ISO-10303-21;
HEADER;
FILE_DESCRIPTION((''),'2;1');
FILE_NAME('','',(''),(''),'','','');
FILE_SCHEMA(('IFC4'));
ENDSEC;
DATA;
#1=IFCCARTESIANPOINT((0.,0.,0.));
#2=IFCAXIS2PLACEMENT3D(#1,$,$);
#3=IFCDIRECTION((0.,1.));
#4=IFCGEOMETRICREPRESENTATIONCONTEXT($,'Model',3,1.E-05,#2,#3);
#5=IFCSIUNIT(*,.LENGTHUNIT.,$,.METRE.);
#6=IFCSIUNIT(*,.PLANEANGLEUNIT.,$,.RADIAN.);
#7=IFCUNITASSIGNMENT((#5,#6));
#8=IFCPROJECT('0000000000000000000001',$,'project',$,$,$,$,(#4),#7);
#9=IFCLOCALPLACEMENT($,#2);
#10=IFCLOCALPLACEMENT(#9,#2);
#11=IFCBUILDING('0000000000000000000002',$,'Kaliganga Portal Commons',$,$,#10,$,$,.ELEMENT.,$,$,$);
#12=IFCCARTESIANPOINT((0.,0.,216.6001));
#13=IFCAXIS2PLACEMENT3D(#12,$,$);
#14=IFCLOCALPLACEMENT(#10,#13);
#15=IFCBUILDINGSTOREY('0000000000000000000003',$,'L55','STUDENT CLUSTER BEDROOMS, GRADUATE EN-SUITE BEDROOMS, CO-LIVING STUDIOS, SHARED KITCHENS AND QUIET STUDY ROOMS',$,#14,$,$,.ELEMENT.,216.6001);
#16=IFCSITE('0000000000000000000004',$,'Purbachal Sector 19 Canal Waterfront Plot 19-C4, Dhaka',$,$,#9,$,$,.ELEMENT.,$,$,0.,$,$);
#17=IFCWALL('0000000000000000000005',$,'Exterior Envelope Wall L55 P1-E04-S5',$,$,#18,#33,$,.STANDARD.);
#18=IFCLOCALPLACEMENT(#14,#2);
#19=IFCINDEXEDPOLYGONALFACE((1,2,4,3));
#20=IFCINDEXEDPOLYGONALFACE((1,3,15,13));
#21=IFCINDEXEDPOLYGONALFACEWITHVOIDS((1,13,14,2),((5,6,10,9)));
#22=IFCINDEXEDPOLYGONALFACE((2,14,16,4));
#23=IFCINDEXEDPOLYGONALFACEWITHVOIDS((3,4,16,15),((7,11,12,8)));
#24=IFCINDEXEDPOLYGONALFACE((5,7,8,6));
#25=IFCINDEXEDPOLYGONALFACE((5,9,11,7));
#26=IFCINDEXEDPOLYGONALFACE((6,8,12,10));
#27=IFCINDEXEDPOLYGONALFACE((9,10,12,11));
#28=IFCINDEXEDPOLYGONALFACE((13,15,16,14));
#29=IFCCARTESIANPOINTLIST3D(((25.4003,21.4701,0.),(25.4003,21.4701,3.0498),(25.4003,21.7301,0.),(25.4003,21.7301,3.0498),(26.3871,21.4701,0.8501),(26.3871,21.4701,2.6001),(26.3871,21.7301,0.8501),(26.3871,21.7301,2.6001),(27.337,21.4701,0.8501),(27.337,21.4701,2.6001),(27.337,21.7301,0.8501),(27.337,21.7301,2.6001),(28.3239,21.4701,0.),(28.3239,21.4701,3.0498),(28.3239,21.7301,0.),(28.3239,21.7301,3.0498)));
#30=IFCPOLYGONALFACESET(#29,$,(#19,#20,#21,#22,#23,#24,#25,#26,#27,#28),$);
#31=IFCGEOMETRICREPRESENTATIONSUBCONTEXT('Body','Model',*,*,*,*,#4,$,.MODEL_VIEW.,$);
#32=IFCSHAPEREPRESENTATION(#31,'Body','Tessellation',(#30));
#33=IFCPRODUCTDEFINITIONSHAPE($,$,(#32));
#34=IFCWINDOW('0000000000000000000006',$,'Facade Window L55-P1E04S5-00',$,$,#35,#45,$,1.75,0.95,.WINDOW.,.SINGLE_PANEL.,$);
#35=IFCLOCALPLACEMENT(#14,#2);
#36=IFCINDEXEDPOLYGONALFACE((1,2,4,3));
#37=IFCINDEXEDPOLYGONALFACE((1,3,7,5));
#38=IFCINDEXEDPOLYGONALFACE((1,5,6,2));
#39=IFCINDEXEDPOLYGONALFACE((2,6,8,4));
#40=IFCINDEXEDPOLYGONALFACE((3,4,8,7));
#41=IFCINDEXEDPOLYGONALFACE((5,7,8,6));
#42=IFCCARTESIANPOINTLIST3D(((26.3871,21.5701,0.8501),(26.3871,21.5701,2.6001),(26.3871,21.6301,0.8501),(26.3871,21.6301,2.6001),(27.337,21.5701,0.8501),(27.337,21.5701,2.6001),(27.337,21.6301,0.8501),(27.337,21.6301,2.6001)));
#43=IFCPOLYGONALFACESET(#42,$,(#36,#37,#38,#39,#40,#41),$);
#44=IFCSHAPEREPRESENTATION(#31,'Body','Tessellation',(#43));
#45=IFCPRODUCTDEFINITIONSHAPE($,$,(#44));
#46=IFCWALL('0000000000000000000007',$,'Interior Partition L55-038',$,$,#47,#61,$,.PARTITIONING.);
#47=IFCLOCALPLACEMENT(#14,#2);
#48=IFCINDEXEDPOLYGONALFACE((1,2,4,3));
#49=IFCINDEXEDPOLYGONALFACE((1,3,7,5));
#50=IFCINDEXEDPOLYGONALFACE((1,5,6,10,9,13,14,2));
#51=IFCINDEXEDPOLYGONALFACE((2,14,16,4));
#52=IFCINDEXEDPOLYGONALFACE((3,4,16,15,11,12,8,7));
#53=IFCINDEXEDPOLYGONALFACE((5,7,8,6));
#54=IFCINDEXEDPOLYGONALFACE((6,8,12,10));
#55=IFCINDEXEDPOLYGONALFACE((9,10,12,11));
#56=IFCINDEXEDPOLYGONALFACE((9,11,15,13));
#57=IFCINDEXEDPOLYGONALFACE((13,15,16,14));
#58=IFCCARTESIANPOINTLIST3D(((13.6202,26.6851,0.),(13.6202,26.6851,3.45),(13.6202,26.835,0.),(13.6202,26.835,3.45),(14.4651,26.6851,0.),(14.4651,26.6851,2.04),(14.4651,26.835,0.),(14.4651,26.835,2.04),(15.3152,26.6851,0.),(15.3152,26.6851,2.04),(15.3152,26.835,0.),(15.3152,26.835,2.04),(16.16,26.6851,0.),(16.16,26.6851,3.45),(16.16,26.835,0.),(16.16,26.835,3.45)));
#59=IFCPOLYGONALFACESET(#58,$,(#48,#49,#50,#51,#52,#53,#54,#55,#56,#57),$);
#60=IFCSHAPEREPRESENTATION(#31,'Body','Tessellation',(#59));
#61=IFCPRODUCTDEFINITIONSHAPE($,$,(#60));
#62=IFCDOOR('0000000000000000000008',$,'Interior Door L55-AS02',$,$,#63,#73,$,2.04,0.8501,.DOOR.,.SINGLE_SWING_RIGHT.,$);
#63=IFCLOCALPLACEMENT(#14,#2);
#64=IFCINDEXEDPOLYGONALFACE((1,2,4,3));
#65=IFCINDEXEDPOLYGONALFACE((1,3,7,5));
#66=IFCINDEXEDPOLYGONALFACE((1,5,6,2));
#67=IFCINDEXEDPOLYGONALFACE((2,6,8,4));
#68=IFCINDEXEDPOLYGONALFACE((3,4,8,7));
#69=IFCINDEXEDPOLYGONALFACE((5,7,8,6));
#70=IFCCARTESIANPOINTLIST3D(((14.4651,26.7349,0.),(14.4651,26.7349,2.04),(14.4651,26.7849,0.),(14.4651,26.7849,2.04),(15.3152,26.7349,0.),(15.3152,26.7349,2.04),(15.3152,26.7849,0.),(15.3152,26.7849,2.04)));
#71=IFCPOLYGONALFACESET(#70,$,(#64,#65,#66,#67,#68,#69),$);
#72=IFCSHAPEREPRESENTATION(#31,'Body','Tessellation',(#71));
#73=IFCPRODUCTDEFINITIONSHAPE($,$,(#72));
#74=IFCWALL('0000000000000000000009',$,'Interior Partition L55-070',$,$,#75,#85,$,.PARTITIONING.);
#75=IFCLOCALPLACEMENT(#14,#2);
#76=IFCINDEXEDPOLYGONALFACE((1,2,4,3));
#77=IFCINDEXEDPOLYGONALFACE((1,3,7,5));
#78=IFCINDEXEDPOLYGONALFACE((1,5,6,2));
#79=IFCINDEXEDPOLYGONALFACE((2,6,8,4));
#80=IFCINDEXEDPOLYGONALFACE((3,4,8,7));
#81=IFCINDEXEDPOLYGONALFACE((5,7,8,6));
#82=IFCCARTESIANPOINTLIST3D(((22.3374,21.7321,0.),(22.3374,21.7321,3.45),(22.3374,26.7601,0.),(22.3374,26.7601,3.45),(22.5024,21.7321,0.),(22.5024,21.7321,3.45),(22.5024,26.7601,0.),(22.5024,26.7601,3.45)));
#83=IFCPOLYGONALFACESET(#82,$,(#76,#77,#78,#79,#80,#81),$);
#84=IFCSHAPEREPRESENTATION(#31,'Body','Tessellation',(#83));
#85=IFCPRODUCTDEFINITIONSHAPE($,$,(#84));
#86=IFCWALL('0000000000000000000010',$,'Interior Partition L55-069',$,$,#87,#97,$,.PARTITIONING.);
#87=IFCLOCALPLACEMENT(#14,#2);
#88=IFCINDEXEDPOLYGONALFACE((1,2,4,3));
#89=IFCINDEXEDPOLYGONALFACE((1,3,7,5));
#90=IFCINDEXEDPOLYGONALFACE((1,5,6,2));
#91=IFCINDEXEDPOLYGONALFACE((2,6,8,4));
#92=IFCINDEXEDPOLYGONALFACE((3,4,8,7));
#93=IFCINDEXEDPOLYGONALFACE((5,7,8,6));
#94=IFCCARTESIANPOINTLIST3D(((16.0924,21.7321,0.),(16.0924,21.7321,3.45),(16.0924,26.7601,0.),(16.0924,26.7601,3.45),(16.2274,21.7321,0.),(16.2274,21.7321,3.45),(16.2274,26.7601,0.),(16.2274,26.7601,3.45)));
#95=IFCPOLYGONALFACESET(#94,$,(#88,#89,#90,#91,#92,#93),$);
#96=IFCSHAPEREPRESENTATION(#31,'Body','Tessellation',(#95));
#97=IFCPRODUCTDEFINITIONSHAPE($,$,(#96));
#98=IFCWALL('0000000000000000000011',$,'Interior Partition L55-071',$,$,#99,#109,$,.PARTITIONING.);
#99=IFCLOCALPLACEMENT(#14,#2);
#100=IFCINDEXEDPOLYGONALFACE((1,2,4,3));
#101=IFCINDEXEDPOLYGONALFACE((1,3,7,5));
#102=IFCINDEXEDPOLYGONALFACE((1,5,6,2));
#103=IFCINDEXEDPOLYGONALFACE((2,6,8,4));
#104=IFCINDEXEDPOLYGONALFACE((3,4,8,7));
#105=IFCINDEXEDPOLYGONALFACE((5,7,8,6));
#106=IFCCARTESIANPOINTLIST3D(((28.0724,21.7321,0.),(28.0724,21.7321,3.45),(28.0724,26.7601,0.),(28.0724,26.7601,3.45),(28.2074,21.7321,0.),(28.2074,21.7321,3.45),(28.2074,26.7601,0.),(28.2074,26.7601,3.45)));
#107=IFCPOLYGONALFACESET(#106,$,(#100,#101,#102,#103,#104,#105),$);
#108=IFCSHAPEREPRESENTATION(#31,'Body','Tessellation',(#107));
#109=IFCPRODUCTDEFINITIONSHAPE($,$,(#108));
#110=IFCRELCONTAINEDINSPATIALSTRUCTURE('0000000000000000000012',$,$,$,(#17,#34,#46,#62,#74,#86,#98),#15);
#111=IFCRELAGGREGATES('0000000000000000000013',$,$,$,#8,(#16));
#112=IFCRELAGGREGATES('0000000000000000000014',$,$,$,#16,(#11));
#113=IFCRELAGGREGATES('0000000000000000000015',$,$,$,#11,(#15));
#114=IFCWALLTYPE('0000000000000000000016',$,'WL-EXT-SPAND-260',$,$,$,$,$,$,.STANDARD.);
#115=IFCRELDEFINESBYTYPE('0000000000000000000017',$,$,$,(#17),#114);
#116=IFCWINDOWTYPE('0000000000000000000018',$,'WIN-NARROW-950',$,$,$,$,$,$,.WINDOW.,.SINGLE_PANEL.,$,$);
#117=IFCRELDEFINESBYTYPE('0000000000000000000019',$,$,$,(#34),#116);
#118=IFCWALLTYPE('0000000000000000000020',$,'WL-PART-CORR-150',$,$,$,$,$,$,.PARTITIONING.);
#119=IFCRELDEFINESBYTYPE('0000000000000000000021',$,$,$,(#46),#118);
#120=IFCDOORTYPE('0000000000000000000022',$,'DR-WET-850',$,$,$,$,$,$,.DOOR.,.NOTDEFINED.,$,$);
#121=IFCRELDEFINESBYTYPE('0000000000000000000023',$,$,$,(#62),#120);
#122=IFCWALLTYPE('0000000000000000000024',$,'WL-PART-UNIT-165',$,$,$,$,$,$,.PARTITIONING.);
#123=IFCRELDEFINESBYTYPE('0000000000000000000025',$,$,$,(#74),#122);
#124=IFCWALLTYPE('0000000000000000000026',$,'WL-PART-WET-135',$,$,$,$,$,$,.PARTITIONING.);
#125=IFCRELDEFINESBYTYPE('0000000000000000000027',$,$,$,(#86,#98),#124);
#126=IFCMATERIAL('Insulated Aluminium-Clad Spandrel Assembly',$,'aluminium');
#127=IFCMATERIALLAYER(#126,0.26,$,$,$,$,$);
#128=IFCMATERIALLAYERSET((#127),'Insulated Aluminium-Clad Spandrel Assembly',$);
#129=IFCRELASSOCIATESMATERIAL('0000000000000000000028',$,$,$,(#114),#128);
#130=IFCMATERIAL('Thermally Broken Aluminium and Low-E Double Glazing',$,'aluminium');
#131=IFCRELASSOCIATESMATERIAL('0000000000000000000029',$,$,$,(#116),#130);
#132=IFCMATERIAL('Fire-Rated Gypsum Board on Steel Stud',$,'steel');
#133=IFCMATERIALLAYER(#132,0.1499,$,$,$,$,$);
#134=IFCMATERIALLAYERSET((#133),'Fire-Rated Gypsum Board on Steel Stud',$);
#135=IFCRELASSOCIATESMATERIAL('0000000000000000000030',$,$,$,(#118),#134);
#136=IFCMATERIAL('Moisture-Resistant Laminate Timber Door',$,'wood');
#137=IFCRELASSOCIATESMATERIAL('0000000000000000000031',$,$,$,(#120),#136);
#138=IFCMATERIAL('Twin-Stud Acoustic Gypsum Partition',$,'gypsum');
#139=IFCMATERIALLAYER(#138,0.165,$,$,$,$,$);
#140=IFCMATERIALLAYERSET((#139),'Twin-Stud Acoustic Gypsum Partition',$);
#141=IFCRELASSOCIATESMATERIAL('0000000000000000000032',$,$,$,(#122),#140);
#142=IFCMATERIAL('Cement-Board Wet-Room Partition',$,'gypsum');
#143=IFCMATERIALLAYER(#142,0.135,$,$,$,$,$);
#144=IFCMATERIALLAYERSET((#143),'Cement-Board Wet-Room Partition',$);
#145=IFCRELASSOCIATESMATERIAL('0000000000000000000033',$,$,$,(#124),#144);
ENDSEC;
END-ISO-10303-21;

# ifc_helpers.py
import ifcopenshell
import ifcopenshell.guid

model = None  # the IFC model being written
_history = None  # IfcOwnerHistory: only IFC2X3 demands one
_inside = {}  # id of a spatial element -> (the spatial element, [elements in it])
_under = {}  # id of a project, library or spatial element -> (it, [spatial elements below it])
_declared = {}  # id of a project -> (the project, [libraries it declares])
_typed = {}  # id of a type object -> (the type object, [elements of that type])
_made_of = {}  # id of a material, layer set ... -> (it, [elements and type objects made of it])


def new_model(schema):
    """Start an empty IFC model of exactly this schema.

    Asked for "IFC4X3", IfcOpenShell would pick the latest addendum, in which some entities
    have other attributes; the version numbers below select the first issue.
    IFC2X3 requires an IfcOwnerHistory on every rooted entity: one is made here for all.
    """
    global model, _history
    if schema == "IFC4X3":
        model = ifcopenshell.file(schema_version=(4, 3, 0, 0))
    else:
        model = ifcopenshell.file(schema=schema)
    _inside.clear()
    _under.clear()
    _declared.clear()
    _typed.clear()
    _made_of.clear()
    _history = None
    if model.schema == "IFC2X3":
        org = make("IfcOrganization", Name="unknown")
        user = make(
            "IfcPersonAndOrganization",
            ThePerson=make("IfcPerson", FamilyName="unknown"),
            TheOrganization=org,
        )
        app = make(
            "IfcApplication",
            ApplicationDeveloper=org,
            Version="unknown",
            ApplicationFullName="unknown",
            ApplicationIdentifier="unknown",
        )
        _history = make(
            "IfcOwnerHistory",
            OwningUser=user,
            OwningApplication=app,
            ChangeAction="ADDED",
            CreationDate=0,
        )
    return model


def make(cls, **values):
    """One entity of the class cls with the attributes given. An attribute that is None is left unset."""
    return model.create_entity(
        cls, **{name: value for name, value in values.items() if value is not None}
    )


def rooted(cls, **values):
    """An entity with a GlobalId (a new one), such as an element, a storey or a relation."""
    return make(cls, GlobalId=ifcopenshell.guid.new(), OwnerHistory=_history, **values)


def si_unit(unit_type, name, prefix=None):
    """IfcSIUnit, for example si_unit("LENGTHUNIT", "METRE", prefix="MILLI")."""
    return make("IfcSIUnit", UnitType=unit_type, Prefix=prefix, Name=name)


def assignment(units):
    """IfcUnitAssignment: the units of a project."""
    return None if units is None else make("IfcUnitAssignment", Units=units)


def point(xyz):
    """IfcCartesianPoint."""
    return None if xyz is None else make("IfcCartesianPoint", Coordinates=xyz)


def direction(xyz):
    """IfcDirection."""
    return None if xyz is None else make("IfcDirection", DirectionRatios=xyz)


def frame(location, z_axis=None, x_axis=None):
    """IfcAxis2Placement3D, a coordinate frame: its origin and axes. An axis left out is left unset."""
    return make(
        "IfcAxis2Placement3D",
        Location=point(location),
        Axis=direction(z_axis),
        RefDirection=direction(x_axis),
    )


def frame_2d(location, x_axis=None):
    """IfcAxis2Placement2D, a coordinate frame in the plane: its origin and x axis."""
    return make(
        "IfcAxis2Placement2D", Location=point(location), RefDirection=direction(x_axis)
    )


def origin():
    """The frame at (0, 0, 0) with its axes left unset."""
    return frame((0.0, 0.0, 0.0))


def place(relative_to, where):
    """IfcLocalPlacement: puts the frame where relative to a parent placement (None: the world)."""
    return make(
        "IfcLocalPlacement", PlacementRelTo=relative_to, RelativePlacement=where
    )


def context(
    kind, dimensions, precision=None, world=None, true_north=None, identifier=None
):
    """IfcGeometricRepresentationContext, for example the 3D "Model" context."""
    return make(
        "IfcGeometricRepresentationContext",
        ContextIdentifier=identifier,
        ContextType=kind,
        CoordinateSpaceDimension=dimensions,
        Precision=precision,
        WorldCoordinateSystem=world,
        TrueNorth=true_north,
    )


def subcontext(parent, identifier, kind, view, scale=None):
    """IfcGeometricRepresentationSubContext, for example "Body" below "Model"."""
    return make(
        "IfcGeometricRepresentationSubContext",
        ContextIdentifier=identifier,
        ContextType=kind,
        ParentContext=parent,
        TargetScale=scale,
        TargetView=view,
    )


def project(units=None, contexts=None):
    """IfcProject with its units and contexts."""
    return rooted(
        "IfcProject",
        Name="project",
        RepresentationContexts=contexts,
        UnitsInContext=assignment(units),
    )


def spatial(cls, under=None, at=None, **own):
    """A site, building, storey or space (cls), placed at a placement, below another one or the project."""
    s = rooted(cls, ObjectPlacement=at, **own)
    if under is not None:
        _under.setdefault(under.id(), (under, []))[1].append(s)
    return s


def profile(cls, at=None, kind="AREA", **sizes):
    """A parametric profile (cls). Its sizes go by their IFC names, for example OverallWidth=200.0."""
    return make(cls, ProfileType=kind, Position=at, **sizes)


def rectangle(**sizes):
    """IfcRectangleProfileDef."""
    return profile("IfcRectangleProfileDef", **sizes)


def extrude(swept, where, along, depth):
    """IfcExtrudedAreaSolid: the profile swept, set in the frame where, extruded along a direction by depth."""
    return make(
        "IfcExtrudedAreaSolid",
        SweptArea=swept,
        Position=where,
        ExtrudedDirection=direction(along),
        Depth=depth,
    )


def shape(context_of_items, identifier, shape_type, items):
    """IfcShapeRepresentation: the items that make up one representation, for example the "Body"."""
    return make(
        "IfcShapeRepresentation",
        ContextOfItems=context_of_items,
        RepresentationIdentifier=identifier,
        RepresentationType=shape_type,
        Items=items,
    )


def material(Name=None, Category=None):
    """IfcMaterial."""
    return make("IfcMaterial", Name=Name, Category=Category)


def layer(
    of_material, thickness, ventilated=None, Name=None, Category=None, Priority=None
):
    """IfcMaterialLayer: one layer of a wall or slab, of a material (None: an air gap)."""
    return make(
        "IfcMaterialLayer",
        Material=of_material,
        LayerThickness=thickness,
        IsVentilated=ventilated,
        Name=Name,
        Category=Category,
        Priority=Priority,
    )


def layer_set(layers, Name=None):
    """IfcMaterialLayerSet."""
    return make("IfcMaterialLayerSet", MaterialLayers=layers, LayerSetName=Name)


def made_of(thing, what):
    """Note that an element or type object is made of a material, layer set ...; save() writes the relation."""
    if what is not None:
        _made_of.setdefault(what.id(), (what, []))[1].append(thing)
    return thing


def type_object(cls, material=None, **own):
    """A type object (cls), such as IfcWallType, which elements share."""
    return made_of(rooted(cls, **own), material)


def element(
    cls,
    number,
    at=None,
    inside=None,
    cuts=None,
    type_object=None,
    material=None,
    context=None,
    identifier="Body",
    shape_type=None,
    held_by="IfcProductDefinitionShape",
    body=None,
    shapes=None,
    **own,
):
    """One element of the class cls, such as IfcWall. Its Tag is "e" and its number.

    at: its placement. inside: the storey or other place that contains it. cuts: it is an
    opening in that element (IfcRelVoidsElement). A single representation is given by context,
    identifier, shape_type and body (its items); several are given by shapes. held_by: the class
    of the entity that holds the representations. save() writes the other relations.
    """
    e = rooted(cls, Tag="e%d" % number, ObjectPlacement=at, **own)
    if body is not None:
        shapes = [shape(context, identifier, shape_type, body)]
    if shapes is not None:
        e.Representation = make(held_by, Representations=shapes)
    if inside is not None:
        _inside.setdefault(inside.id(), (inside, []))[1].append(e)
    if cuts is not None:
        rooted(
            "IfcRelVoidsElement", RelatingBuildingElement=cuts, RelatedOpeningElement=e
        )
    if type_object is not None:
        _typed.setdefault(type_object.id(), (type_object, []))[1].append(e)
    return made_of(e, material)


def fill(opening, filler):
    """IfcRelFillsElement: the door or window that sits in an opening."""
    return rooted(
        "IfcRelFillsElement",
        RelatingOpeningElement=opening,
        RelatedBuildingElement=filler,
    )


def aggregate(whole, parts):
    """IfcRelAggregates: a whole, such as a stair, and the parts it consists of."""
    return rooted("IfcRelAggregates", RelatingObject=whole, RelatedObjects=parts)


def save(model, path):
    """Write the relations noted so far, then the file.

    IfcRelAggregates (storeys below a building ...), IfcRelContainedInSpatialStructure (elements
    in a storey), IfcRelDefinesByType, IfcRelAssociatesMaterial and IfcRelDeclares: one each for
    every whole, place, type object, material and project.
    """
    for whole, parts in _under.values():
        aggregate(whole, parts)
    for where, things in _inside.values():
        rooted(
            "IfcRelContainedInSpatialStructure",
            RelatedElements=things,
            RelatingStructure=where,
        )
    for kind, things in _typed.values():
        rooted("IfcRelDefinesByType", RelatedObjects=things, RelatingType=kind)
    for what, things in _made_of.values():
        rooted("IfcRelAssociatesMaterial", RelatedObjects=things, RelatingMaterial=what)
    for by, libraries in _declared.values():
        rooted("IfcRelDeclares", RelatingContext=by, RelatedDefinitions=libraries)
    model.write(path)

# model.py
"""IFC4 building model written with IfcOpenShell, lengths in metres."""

from ifc_helpers import new_model, si_unit, direction, frame, frame_2d, origin, place, context, subcontext, project, spatial, rectangle, extrude, material, layer, layer_set, type_object, element, fill, save


model = new_model("IFC4")

# Units and contexts
model_context = context("Model", 3, precision=1e-05, world=origin(), true_north=direction((0.0, 1.0)))
body_context = subcontext(model_context, "Body", "Model", "MODEL_VIEW")
ifc_project = project(units=[si_unit("LENGTHUNIT", "METRE"), si_unit("PLANEANGLEUNIT", "RADIAN")], contexts=[model_context])

# Site, building, storey
site_placement = place(None, origin())
site = spatial("IfcSite", under=ifc_project, at=site_placement, Name="Purbachal Sector 19 Canal Waterfront Plot 19-C4, Dhaka", CompositionType="ELEMENT", RefElevation=0.0)
building_placement = place(site_placement, origin())
building = spatial("IfcBuilding", under=site, at=building_placement, Name="Kaliganga Portal Commons", CompositionType="ELEMENT")
storey_placement = place(building_placement, frame((0.0, 0.0, 216.6001)))
storey = spatial("IfcBuildingStorey", under=building, at=storey_placement, Name="L55", Description="STUDENT CLUSTER BEDROOMS, GRADUATE EN-SUITE BEDROOMS, CO-LIVING STUDIOS, SHARED KITCHENS AND QUIET STUDY ROOMS", CompositionType="ELEMENT", Elevation=216.6001)

# Shared definitions
ifc_material_1 = material(Name="Insulated Aluminium-Clad Spandrel Assembly", Category="aluminium")
ifc_layer_1 = layer(ifc_material_1, 0.26)
ifc_layer_set_1 = layer_set([ifc_layer_1], Name="Insulated Aluminium-Clad Spandrel Assembly")
wall_type_1 = type_object("IfcWallType", Name="WL-EXT-SPAND-260", PredefinedType="STANDARD", material=ifc_layer_set_1)
ifc_material_2 = material(Name="Thermally Broken Aluminium and Low-E Double Glazing", Category="aluminium")
window_type_1 = type_object("IfcWindowType", Name="WIN-NARROW-950", PartitioningType="SINGLE_PANEL", PredefinedType="WINDOW", material=ifc_material_2)

# Wall, opening, window
wall_1_placement = place(storey_placement, frame((28.324, 21.6001, 0.0), z_axis=(0.0, 0.0, 1.0), x_axis=(-1.0, 0.0, 0.0)))
wall_1 = element("IfcWall", 1, at=wall_1_placement, inside=storey, type_object=wall_type_1, Name="Exterior Envelope Wall L55 P1-E04-S5", PredefinedType="STANDARD", context=body_context, shape_type="SweptSolid", body=[
    extrude(rectangle(XDim=2.9236, YDim=0.26, at=frame_2d((1.4619, 0.0))), origin(), (0.0, 0.0, 1.0), 3.0498),
])
opening_1_placement = place(wall_1_placement, frame((0.9868, 0.0, 0.8501)))
opening_1 = element("IfcOpeningElement", 2, at=opening_1_placement, cuts=wall_1, PredefinedType="OPENING", context=body_context, shape_type="SweptSolid", body=[
    extrude(rectangle(XDim=0.95, YDim=1.75, at=frame_2d((0.4751, 0.875))), frame((0.0, 0.1401, 0.0), z_axis=(0.0, -1.0, 0.0), x_axis=(1.0, 0.0, 0.0)), (0.0, 0.0, 1.0), 0.28),
])
window_1_placement = place(opening_1_placement, origin())
window_1 = element("IfcWindow", 3, at=window_1_placement, inside=storey, type_object=window_type_1, Name="Facade Window L55-P1E04S5-00", OverallHeight=1.75, OverallWidth=0.95, PartitioningType="SINGLE_PANEL", PredefinedType="WINDOW", context=body_context, shape_type="SweptSolid", body=[
    extrude(rectangle(XDim=0.95, YDim=1.75, at=frame_2d((0.4751, 0.875))), frame((0.0, 0.03, 0.0), z_axis=(0.0, -1.0, 0.0), x_axis=(1.0, 0.0, 0.0)), (0.0, 0.0, 1.0), 0.0601),
])
fill(opening_1, window_1)

# Wall, opening, door
ifc_material_3 = material(Name="Fire-Rated Gypsum Board on Steel Stud", Category="steel")
ifc_layer_2 = layer(ifc_material_3, 0.1499)
ifc_layer_set_2 = layer_set([ifc_layer_2], Name="Fire-Rated Gypsum Board on Steel Stud")
wall_type_2 = type_object("IfcWallType", Name="WL-PART-CORR-150", PredefinedType="PARTITIONING", material=ifc_layer_set_2)
wall_2_placement = place(storey_placement, frame((13.6201, 26.76, 0.0), z_axis=(0.0, 0.0, 1.0), x_axis=(1.0, 0.0, 0.0)))
wall_2 = element("IfcWall", 4, at=wall_2_placement, inside=storey, type_object=wall_type_2, Name="Interior Partition L55-038", PredefinedType="PARTITIONING", context=body_context, shape_type="SweptSolid", body=[
    extrude(rectangle(XDim=2.5398, YDim=0.1499, at=frame_2d((1.27, 0.0))), origin(), (0.0, 0.0, 1.0), 3.45),
])
opening_2_placement = place(wall_2_placement, frame((0.845, 0.0, 0.0)))
opening_2 = element("IfcOpeningElement", 5, at=opening_2_placement, cuts=wall_2, PredefinedType="OPENING", context=body_context, shape_type="SweptSolid", body=[
    extrude(rectangle(XDim=0.8501, YDim=2.04, at=frame_2d((0.425, 1.02))), frame((0.0, 0.085, 0.0), z_axis=(0.0, -1.0, 0.0), x_axis=(1.0, 0.0, 0.0)), (0.0, 0.0, 1.0), 0.1699),
])
ifc_material_4 = material(Name="Moisture-Resistant Laminate Timber Door", Category="wood")
door_type = type_object("IfcDoorType", Name="DR-WET-850", OperationType="NOTDEFINED", PredefinedType="DOOR", material=ifc_material_4)
door_placement = place(opening_2_placement, origin())
door = element("IfcDoor", 6, at=door_placement, inside=storey, type_object=door_type, Name="Interior Door L55-AS02", OperationType="SINGLE_SWING_RIGHT", OverallHeight=2.04, OverallWidth=0.8501, PredefinedType="DOOR", context=body_context, shape_type="SweptSolid", body=[
    extrude(rectangle(XDim=0.8501, YDim=2.04, at=frame_2d((0.425, 1.02))), frame((0.0, 0.0249, 0.0), z_axis=(0.0, -1.0, 0.0), x_axis=(1.0, 0.0, 0.0)), (0.0, 0.0, 1.0), 0.05),
])
fill(opening_2, door)

# Walls
ifc_material_5 = material(Name="Twin-Stud Acoustic Gypsum Partition", Category="gypsum")
ifc_layer_3 = layer(ifc_material_5, 0.165)
ifc_layer_set_3 = layer_set([ifc_layer_3], Name="Twin-Stud Acoustic Gypsum Partition")
wall_type_3 = type_object("IfcWallType", Name="WL-PART-UNIT-165", PredefinedType="PARTITIONING", material=ifc_layer_set_3)
wall_3_placement = place(storey_placement, frame((22.4199, 21.7319, 0.0), z_axis=(0.0, 0.0, 1.0), x_axis=(0.0, 1.0, 0.0)))
element("IfcWall", 7, at=wall_3_placement, inside=storey, type_object=wall_type_3, Name="Interior Partition L55-070", PredefinedType="PARTITIONING", context=body_context, shape_type="SweptSolid", body=[
    extrude(rectangle(XDim=5.0281, YDim=0.165, at=frame_2d((2.5142, 0.0))), origin(), (0.0, 0.0, 1.0), 3.45),
])
ifc_material_6 = material(Name="Cement-Board Wet-Room Partition", Category="gypsum")
ifc_layer_4 = layer(ifc_material_6, 0.135)
ifc_layer_set_4 = layer_set([ifc_layer_4], Name="Cement-Board Wet-Room Partition")
wall_type_4 = type_object("IfcWallType", Name="WL-PART-WET-135", PredefinedType="PARTITIONING", material=ifc_layer_set_4)
for number, where, z_axis, x_axis, name in (
    (8, (16.1599, 21.7319, 0.0), (0.0, 0.0, 1.0), (0.0, 1.0, 0.0), "Interior Partition L55-069"),
    (9, (28.1399, 21.7319, 0.0), (0.0, 0.0, 1.0), (0.0, 1.0, 0.0), "Interior Partition L55-071"),
):
    element("IfcWall", number, at=place(storey_placement, frame(where, z_axis=z_axis, x_axis=x_axis)), inside=storey, type_object=wall_type_4, Name=name, PredefinedType="PARTITIONING", context=body_context, shape_type="SweptSolid", body=[
        extrude(rectangle(XDim=5.0281, YDim=0.135, at=frame_2d((2.5142, 0.0))), origin(), (0.0, 0.0, 1.0), 3.45),
    ])

save(model, "model.ifc")
